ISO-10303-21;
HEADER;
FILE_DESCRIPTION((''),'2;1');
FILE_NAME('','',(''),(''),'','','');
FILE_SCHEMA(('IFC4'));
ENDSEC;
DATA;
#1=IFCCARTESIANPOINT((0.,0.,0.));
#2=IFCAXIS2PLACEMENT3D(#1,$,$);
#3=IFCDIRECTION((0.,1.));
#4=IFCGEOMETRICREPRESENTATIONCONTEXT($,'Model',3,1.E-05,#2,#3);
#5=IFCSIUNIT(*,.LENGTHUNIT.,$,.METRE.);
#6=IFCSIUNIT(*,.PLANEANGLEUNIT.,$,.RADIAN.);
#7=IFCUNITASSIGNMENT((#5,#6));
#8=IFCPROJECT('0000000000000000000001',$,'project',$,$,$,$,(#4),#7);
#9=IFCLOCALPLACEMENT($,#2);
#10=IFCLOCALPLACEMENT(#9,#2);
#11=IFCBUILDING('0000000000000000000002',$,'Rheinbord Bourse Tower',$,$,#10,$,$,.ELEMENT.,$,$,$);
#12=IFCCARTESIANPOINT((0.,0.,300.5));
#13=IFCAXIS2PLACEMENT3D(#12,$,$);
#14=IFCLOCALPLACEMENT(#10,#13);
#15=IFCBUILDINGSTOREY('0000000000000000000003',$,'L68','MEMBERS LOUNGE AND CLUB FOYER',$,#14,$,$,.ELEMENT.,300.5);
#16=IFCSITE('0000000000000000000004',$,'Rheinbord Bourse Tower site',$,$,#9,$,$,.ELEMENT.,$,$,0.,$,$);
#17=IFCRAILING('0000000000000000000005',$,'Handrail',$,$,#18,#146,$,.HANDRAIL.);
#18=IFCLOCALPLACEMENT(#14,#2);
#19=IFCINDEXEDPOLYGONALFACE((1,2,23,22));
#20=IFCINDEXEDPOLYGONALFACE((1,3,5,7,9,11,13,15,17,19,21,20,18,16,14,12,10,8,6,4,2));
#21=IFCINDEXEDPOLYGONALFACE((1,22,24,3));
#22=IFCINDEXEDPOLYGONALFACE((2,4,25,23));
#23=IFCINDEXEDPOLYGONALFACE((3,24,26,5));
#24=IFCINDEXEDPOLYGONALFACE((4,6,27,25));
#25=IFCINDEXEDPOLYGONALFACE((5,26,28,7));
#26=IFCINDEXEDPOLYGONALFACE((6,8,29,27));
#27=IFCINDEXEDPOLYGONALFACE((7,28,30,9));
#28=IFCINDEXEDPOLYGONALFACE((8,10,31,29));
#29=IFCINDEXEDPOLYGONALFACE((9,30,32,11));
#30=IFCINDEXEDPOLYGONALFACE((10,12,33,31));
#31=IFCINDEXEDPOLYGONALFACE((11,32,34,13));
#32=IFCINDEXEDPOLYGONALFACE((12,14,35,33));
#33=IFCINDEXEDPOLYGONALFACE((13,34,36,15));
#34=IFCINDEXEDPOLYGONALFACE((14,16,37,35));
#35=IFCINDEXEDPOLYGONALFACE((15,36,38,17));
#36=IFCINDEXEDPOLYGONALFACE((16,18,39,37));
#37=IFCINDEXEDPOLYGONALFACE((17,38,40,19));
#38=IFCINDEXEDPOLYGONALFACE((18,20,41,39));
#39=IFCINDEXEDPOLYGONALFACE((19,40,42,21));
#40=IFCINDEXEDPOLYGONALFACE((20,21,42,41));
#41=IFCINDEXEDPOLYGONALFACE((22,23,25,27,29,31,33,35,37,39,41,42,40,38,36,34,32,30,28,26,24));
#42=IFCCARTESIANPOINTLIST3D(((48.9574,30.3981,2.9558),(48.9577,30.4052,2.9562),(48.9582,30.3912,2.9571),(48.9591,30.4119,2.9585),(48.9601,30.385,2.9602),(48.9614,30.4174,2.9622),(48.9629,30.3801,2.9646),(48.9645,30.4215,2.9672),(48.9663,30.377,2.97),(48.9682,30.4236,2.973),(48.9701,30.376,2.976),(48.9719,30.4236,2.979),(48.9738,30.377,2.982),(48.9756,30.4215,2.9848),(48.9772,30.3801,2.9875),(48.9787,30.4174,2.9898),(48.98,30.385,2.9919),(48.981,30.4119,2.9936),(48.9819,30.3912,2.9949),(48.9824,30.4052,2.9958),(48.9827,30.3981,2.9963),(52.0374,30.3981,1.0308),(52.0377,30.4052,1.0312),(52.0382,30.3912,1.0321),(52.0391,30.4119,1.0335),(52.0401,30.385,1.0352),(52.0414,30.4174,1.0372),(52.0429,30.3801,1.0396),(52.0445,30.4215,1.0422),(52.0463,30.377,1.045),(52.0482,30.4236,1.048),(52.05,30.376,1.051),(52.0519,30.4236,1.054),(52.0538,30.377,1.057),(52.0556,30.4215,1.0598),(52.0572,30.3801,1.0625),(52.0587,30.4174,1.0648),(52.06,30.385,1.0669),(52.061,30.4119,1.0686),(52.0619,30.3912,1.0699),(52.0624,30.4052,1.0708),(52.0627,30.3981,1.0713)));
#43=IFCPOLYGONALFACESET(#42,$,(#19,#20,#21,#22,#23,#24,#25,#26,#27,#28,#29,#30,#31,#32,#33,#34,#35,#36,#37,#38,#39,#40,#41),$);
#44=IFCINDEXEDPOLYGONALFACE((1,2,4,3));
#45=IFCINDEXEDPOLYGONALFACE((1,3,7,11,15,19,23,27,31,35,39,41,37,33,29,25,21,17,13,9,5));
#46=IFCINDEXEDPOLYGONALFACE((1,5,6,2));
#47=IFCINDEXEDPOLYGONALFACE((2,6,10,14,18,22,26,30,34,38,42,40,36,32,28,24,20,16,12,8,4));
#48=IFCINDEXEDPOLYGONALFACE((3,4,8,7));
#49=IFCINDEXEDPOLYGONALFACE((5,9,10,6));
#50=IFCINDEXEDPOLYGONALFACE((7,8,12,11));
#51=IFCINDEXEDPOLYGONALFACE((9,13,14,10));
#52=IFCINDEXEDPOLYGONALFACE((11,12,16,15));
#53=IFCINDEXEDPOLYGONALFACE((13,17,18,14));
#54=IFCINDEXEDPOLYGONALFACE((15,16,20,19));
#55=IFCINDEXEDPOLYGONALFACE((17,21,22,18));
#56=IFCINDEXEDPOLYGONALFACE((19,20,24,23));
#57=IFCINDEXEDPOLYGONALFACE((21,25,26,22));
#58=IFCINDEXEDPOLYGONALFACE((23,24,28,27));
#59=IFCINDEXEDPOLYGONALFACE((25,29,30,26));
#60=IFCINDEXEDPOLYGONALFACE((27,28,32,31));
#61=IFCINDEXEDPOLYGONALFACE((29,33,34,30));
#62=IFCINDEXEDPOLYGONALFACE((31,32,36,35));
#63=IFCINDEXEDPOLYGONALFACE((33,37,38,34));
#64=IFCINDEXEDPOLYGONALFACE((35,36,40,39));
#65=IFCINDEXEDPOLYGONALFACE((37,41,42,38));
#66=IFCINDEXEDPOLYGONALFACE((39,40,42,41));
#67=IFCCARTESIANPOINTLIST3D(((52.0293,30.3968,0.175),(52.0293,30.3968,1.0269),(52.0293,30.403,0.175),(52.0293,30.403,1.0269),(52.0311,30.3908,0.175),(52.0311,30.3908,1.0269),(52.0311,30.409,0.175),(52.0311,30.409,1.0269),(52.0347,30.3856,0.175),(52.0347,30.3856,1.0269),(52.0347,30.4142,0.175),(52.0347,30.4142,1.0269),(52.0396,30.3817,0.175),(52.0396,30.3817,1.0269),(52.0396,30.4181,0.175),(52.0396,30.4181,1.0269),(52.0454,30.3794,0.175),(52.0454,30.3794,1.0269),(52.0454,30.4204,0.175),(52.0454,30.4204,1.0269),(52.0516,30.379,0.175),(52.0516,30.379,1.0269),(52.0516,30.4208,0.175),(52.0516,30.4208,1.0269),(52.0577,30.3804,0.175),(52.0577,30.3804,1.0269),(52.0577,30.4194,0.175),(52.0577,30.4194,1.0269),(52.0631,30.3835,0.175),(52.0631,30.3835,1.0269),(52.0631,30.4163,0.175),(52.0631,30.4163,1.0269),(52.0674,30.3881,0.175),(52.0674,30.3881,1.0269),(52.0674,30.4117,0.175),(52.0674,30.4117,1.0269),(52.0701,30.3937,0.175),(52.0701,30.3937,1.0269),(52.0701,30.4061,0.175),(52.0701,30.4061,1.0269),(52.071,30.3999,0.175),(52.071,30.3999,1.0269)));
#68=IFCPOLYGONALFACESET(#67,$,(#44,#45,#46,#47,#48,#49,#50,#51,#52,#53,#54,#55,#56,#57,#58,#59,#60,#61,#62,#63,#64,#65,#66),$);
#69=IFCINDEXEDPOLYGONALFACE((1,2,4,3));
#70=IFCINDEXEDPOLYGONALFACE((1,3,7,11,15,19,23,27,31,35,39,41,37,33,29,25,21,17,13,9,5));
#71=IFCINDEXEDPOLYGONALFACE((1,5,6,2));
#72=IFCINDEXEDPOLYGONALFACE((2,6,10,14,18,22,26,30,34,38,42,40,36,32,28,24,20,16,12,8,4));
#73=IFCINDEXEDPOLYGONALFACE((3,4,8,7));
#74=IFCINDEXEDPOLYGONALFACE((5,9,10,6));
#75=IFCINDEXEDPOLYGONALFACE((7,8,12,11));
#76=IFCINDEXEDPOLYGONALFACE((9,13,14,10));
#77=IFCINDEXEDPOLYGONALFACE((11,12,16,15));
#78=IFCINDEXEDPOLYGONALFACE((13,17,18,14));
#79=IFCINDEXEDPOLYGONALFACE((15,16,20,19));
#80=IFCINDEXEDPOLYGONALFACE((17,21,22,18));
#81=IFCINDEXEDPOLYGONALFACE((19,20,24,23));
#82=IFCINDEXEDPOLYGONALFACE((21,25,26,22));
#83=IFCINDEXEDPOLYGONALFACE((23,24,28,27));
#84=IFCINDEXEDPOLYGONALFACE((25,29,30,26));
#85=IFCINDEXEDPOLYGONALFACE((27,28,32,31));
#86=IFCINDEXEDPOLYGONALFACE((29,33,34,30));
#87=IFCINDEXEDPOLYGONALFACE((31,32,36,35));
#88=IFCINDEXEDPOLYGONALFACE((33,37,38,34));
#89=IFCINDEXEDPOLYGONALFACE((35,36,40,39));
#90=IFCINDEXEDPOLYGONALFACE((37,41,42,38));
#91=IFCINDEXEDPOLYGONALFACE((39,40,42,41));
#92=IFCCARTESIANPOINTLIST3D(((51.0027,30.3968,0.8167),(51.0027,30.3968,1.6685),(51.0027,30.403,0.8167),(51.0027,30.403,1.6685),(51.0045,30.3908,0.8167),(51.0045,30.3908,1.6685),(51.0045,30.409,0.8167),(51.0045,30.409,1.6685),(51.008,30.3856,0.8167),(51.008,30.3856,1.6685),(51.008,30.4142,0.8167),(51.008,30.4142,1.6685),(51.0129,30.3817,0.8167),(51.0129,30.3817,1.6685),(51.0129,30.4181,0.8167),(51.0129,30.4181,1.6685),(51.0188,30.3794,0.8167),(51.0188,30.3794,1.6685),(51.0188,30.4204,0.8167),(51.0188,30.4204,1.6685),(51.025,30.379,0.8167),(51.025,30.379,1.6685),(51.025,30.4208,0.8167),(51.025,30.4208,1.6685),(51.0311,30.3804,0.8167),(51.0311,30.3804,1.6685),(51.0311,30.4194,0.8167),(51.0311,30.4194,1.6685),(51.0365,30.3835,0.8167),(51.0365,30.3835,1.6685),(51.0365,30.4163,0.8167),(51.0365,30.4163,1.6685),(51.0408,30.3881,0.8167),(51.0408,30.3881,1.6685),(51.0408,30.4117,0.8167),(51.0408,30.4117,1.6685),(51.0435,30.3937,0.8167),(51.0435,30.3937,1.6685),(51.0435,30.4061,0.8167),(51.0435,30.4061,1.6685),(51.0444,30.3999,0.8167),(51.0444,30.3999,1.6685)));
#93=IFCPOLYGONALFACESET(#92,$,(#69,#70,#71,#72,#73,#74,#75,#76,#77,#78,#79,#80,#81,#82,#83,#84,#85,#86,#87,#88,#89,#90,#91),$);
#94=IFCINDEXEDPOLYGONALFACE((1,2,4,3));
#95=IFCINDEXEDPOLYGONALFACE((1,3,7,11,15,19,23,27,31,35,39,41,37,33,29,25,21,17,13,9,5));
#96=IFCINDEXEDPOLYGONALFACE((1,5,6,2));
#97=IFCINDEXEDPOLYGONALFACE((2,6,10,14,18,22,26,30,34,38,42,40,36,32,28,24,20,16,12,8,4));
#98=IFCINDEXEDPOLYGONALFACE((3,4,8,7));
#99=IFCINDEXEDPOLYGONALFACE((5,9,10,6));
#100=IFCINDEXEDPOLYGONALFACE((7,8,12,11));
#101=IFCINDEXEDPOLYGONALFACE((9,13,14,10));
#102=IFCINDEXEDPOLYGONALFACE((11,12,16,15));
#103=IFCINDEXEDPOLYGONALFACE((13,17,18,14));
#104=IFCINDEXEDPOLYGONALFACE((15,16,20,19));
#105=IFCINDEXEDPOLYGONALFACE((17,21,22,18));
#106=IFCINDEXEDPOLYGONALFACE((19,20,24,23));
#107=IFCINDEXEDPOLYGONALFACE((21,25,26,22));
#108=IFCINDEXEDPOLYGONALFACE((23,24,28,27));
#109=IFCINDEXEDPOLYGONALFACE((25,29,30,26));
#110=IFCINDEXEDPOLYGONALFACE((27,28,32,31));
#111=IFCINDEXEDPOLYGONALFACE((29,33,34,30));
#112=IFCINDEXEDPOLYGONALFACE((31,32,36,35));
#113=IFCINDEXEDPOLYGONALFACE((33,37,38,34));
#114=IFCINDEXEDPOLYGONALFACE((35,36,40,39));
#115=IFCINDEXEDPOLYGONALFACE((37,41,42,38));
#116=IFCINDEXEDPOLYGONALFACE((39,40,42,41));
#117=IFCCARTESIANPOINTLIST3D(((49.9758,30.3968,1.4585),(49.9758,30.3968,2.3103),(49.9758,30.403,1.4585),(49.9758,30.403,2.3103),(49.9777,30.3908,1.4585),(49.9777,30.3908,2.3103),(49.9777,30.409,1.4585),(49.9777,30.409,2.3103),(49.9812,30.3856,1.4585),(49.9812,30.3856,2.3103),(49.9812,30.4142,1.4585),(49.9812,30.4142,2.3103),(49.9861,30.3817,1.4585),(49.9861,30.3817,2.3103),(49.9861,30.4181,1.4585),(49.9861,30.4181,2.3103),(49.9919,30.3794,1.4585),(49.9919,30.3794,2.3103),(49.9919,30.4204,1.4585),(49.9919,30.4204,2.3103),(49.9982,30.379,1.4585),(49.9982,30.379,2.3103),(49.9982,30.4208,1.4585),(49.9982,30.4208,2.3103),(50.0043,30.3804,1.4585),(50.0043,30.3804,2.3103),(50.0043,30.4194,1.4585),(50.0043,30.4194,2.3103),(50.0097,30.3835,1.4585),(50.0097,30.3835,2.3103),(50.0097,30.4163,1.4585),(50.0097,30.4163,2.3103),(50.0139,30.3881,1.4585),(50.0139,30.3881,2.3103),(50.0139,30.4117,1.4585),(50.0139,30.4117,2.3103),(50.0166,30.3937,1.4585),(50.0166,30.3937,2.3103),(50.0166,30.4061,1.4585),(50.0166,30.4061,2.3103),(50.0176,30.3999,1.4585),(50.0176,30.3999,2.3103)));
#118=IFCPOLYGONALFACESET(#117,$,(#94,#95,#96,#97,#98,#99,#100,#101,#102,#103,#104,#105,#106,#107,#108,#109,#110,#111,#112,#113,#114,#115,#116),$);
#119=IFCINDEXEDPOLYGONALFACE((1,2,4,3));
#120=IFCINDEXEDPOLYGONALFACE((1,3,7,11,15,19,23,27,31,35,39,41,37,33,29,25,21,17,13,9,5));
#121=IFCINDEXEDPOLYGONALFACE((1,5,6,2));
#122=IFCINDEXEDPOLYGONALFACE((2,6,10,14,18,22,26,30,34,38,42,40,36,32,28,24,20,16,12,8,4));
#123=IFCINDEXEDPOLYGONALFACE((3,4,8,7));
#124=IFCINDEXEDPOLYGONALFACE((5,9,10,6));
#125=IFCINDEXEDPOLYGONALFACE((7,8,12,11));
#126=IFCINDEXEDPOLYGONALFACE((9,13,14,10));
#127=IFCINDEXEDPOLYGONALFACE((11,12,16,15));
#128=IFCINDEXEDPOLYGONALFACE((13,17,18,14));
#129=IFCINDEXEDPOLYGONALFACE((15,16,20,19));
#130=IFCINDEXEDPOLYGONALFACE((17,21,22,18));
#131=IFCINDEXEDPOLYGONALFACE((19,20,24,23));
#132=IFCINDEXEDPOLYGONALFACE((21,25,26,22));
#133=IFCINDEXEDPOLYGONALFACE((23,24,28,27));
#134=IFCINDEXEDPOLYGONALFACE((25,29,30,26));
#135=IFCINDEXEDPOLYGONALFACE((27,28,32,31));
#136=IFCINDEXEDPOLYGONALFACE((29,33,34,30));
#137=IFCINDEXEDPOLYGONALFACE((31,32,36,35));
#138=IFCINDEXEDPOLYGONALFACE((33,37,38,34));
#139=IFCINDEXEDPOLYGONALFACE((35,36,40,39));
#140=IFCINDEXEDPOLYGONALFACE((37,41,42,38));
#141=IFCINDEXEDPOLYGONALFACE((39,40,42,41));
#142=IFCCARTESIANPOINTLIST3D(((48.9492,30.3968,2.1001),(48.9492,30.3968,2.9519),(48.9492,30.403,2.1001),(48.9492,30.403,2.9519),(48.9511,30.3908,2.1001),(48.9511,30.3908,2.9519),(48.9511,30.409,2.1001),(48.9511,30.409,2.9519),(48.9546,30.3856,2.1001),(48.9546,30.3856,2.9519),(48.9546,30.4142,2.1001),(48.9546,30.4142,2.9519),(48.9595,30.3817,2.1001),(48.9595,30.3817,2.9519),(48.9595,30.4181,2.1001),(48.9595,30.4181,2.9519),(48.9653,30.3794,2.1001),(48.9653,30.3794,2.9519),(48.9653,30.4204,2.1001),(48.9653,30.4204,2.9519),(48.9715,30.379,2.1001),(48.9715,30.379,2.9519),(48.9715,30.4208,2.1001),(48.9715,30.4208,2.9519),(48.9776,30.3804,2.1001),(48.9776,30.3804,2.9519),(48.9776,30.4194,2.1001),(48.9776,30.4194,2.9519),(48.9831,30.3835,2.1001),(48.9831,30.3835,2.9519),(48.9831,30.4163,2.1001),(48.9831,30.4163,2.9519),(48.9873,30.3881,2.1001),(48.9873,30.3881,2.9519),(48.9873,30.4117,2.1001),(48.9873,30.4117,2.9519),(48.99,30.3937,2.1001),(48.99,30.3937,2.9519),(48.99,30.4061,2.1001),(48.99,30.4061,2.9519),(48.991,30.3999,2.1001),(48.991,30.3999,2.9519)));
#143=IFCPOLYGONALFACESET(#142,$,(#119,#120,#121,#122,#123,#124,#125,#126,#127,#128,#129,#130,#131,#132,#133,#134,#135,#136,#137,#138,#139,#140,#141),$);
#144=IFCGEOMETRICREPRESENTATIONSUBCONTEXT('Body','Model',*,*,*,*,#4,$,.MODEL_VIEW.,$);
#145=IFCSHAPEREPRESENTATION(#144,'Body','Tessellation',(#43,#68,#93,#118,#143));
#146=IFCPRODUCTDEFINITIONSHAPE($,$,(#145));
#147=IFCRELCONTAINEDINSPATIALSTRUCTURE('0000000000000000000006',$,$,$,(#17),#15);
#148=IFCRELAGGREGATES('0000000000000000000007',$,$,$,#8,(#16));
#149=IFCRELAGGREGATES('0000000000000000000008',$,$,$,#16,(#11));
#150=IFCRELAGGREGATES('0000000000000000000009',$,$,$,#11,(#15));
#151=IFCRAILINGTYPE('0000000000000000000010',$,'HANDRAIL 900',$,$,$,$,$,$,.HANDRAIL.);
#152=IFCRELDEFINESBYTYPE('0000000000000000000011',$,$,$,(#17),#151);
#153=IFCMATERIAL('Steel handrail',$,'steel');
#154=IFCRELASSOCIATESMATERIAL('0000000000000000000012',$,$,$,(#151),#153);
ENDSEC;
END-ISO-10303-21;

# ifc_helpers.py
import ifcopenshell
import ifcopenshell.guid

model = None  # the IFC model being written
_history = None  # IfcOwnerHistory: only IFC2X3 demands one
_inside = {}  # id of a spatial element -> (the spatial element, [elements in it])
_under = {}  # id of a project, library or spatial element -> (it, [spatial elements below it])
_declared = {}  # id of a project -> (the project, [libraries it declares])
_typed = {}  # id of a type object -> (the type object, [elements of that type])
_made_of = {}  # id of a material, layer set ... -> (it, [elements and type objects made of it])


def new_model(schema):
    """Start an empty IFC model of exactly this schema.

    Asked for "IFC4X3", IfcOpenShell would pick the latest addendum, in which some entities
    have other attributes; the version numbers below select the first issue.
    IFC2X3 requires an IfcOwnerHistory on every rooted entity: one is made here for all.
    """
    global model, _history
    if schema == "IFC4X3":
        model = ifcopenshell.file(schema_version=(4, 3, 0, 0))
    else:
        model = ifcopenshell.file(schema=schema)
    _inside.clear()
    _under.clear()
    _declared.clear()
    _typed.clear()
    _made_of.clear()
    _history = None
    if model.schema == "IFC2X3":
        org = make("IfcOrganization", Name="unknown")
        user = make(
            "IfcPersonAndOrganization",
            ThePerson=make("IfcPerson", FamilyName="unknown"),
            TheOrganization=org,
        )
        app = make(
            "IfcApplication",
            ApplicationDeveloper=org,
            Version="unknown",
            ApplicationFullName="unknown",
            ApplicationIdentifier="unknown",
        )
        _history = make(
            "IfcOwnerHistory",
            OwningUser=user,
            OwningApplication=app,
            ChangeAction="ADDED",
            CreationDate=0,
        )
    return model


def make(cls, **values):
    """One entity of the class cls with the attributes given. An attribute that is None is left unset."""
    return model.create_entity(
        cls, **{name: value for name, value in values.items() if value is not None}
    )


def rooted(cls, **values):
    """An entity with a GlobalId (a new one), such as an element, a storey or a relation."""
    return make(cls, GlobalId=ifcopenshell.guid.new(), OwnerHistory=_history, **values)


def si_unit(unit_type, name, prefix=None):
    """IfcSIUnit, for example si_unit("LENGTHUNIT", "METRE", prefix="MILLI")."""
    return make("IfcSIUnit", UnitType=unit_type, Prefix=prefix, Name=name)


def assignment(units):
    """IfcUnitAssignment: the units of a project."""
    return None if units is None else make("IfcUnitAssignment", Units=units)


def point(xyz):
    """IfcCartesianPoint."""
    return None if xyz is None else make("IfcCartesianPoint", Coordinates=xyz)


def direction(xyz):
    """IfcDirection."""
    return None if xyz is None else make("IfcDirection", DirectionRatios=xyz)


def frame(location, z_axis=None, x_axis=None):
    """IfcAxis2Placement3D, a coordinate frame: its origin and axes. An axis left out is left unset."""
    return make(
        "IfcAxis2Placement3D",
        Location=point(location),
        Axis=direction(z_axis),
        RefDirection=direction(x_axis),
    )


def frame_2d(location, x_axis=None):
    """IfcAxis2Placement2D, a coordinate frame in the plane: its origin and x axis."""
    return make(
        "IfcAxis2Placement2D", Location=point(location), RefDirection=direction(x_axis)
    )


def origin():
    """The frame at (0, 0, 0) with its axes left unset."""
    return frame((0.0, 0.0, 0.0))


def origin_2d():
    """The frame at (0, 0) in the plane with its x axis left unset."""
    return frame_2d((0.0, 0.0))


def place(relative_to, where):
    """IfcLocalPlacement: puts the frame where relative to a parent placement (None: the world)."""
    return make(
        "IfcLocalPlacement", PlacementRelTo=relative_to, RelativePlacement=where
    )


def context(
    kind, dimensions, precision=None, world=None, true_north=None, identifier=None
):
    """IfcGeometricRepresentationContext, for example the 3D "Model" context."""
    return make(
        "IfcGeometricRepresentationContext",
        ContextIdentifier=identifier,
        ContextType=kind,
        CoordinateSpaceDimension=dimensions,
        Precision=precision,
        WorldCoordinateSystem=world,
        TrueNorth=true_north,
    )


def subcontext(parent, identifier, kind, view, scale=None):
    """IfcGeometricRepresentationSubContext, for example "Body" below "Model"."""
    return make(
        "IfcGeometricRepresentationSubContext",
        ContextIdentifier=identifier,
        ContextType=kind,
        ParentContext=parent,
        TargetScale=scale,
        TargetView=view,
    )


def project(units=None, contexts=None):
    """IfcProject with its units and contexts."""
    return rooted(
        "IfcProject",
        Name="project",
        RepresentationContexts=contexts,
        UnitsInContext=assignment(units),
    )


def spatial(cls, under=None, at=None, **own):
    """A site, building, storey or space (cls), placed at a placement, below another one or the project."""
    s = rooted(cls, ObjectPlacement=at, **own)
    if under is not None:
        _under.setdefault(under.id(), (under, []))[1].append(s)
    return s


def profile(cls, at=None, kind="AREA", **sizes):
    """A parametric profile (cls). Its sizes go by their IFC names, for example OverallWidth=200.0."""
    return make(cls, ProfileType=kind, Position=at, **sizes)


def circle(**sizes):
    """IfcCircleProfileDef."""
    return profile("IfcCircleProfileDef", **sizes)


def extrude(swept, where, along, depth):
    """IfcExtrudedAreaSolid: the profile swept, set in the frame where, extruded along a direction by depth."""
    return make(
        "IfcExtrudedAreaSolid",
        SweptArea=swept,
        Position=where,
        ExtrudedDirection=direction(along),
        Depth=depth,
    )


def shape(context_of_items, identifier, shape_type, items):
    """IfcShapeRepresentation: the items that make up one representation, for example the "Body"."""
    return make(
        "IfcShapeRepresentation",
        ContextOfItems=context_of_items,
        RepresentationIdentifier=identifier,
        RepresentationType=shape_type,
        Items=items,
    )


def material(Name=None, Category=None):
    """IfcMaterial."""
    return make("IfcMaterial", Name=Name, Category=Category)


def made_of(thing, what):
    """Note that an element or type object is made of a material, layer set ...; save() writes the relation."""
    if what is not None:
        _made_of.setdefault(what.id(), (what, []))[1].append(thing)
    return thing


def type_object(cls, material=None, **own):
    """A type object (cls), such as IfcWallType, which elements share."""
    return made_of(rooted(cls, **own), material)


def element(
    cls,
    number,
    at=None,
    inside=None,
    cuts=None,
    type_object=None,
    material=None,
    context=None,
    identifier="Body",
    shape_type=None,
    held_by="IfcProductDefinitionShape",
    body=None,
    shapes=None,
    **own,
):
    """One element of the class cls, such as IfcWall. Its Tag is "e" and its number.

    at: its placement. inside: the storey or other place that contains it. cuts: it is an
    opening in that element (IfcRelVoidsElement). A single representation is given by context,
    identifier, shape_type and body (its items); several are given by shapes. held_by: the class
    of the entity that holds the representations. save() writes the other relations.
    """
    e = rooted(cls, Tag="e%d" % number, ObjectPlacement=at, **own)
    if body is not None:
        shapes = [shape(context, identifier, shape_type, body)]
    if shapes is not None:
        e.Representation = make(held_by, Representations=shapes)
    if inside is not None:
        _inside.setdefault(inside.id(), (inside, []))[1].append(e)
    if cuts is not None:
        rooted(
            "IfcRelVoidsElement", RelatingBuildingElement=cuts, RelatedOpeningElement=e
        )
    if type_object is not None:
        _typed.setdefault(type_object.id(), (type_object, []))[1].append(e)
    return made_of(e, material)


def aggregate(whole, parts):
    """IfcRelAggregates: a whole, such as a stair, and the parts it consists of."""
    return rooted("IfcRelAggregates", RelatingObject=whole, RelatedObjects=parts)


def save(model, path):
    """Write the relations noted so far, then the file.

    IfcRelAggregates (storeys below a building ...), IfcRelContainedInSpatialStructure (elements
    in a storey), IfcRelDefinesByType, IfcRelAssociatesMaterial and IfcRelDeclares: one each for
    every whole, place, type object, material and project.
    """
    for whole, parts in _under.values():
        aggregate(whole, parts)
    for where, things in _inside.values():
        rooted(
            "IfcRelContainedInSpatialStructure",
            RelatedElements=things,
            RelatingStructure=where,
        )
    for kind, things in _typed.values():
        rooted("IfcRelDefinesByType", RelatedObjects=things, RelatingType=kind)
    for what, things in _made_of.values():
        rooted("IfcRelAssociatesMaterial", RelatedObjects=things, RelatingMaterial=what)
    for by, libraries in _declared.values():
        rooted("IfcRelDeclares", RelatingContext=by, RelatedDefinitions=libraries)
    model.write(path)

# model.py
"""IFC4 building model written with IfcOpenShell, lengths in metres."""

from ifc_helpers import new_model, si_unit, direction, frame, origin, origin_2d, place, context, subcontext, project, spatial, circle, extrude, material, type_object, element, save


model = new_model("IFC4")

# Units and contexts
model_context = context("Model", 3, precision=1e-05, world=origin(), true_north=direction((0.0, 1.0)))
body_context = subcontext(model_context, "Body", "Model", "MODEL_VIEW")
ifc_project = project(units=[si_unit("LENGTHUNIT", "METRE"), si_unit("PLANEANGLEUNIT", "RADIAN")], contexts=[model_context])

# Site, building, storey
site_placement = place(None, origin())
site = spatial("IfcSite", under=ifc_project, at=site_placement, Name="Rheinbord Bourse Tower site", CompositionType="ELEMENT", RefElevation=0.0)
building_placement = place(site_placement, origin())
building = spatial("IfcBuilding", under=site, at=building_placement, Name="Rheinbord Bourse Tower", CompositionType="ELEMENT")
storey_placement = place(building_placement, frame((0.0, 0.0, 300.5)))
storey = spatial("IfcBuildingStorey", under=building, at=storey_placement, Name="L68", Description="MEMBERS LOUNGE AND CLUB FOYER", CompositionType="ELEMENT", Elevation=300.5)

# Railing
ifc_material_1 = material(Name="Steel handrail", Category="steel")
railing_type = type_object("IfcRailingType", Name="HANDRAIL 900", PredefinedType="HANDRAIL", material=ifc_material_1)
railing_1_placement = place(storey_placement, frame((52.05, 30.3999, 0.175)))
element("IfcRailing", 1, at=railing_1_placement, inside=storey, type_object=railing_type, Name="Handrail", PredefinedType="HANDRAIL", context=body_context, shape_type="SweptSolid", body=[
    extrude(circle(Radius=0.0239, at=origin_2d()), frame((0.0, 0.0, 0.876), z_axis=(-0.847998, 0.0, 0.529999), x_axis=(0.0, -1.0, 0.0)), (0.0, 0.0, 1.0), 3.6321),
    extrude(circle(Radius=0.021, at=origin_2d()), origin(), (0.0, 0.0, 1.0), 0.8518),
    extrude(circle(Radius=0.021, at=origin_2d()), frame((-1.0266, 0.0, 0.6416)), (0.0, 0.0, 1.0), 0.8518),
    extrude(circle(Radius=0.021, at=origin_2d()), frame((-2.0535, 0.0, 1.2834)), (0.0, 0.0, 1.0), 0.8518),
    extrude(circle(Radius=0.021, at=origin_2d()), frame((-3.0801, 0.0, 1.925)), (0.0, 0.0, 1.0), 0.8518),
])

save(model, "model.ifc")
